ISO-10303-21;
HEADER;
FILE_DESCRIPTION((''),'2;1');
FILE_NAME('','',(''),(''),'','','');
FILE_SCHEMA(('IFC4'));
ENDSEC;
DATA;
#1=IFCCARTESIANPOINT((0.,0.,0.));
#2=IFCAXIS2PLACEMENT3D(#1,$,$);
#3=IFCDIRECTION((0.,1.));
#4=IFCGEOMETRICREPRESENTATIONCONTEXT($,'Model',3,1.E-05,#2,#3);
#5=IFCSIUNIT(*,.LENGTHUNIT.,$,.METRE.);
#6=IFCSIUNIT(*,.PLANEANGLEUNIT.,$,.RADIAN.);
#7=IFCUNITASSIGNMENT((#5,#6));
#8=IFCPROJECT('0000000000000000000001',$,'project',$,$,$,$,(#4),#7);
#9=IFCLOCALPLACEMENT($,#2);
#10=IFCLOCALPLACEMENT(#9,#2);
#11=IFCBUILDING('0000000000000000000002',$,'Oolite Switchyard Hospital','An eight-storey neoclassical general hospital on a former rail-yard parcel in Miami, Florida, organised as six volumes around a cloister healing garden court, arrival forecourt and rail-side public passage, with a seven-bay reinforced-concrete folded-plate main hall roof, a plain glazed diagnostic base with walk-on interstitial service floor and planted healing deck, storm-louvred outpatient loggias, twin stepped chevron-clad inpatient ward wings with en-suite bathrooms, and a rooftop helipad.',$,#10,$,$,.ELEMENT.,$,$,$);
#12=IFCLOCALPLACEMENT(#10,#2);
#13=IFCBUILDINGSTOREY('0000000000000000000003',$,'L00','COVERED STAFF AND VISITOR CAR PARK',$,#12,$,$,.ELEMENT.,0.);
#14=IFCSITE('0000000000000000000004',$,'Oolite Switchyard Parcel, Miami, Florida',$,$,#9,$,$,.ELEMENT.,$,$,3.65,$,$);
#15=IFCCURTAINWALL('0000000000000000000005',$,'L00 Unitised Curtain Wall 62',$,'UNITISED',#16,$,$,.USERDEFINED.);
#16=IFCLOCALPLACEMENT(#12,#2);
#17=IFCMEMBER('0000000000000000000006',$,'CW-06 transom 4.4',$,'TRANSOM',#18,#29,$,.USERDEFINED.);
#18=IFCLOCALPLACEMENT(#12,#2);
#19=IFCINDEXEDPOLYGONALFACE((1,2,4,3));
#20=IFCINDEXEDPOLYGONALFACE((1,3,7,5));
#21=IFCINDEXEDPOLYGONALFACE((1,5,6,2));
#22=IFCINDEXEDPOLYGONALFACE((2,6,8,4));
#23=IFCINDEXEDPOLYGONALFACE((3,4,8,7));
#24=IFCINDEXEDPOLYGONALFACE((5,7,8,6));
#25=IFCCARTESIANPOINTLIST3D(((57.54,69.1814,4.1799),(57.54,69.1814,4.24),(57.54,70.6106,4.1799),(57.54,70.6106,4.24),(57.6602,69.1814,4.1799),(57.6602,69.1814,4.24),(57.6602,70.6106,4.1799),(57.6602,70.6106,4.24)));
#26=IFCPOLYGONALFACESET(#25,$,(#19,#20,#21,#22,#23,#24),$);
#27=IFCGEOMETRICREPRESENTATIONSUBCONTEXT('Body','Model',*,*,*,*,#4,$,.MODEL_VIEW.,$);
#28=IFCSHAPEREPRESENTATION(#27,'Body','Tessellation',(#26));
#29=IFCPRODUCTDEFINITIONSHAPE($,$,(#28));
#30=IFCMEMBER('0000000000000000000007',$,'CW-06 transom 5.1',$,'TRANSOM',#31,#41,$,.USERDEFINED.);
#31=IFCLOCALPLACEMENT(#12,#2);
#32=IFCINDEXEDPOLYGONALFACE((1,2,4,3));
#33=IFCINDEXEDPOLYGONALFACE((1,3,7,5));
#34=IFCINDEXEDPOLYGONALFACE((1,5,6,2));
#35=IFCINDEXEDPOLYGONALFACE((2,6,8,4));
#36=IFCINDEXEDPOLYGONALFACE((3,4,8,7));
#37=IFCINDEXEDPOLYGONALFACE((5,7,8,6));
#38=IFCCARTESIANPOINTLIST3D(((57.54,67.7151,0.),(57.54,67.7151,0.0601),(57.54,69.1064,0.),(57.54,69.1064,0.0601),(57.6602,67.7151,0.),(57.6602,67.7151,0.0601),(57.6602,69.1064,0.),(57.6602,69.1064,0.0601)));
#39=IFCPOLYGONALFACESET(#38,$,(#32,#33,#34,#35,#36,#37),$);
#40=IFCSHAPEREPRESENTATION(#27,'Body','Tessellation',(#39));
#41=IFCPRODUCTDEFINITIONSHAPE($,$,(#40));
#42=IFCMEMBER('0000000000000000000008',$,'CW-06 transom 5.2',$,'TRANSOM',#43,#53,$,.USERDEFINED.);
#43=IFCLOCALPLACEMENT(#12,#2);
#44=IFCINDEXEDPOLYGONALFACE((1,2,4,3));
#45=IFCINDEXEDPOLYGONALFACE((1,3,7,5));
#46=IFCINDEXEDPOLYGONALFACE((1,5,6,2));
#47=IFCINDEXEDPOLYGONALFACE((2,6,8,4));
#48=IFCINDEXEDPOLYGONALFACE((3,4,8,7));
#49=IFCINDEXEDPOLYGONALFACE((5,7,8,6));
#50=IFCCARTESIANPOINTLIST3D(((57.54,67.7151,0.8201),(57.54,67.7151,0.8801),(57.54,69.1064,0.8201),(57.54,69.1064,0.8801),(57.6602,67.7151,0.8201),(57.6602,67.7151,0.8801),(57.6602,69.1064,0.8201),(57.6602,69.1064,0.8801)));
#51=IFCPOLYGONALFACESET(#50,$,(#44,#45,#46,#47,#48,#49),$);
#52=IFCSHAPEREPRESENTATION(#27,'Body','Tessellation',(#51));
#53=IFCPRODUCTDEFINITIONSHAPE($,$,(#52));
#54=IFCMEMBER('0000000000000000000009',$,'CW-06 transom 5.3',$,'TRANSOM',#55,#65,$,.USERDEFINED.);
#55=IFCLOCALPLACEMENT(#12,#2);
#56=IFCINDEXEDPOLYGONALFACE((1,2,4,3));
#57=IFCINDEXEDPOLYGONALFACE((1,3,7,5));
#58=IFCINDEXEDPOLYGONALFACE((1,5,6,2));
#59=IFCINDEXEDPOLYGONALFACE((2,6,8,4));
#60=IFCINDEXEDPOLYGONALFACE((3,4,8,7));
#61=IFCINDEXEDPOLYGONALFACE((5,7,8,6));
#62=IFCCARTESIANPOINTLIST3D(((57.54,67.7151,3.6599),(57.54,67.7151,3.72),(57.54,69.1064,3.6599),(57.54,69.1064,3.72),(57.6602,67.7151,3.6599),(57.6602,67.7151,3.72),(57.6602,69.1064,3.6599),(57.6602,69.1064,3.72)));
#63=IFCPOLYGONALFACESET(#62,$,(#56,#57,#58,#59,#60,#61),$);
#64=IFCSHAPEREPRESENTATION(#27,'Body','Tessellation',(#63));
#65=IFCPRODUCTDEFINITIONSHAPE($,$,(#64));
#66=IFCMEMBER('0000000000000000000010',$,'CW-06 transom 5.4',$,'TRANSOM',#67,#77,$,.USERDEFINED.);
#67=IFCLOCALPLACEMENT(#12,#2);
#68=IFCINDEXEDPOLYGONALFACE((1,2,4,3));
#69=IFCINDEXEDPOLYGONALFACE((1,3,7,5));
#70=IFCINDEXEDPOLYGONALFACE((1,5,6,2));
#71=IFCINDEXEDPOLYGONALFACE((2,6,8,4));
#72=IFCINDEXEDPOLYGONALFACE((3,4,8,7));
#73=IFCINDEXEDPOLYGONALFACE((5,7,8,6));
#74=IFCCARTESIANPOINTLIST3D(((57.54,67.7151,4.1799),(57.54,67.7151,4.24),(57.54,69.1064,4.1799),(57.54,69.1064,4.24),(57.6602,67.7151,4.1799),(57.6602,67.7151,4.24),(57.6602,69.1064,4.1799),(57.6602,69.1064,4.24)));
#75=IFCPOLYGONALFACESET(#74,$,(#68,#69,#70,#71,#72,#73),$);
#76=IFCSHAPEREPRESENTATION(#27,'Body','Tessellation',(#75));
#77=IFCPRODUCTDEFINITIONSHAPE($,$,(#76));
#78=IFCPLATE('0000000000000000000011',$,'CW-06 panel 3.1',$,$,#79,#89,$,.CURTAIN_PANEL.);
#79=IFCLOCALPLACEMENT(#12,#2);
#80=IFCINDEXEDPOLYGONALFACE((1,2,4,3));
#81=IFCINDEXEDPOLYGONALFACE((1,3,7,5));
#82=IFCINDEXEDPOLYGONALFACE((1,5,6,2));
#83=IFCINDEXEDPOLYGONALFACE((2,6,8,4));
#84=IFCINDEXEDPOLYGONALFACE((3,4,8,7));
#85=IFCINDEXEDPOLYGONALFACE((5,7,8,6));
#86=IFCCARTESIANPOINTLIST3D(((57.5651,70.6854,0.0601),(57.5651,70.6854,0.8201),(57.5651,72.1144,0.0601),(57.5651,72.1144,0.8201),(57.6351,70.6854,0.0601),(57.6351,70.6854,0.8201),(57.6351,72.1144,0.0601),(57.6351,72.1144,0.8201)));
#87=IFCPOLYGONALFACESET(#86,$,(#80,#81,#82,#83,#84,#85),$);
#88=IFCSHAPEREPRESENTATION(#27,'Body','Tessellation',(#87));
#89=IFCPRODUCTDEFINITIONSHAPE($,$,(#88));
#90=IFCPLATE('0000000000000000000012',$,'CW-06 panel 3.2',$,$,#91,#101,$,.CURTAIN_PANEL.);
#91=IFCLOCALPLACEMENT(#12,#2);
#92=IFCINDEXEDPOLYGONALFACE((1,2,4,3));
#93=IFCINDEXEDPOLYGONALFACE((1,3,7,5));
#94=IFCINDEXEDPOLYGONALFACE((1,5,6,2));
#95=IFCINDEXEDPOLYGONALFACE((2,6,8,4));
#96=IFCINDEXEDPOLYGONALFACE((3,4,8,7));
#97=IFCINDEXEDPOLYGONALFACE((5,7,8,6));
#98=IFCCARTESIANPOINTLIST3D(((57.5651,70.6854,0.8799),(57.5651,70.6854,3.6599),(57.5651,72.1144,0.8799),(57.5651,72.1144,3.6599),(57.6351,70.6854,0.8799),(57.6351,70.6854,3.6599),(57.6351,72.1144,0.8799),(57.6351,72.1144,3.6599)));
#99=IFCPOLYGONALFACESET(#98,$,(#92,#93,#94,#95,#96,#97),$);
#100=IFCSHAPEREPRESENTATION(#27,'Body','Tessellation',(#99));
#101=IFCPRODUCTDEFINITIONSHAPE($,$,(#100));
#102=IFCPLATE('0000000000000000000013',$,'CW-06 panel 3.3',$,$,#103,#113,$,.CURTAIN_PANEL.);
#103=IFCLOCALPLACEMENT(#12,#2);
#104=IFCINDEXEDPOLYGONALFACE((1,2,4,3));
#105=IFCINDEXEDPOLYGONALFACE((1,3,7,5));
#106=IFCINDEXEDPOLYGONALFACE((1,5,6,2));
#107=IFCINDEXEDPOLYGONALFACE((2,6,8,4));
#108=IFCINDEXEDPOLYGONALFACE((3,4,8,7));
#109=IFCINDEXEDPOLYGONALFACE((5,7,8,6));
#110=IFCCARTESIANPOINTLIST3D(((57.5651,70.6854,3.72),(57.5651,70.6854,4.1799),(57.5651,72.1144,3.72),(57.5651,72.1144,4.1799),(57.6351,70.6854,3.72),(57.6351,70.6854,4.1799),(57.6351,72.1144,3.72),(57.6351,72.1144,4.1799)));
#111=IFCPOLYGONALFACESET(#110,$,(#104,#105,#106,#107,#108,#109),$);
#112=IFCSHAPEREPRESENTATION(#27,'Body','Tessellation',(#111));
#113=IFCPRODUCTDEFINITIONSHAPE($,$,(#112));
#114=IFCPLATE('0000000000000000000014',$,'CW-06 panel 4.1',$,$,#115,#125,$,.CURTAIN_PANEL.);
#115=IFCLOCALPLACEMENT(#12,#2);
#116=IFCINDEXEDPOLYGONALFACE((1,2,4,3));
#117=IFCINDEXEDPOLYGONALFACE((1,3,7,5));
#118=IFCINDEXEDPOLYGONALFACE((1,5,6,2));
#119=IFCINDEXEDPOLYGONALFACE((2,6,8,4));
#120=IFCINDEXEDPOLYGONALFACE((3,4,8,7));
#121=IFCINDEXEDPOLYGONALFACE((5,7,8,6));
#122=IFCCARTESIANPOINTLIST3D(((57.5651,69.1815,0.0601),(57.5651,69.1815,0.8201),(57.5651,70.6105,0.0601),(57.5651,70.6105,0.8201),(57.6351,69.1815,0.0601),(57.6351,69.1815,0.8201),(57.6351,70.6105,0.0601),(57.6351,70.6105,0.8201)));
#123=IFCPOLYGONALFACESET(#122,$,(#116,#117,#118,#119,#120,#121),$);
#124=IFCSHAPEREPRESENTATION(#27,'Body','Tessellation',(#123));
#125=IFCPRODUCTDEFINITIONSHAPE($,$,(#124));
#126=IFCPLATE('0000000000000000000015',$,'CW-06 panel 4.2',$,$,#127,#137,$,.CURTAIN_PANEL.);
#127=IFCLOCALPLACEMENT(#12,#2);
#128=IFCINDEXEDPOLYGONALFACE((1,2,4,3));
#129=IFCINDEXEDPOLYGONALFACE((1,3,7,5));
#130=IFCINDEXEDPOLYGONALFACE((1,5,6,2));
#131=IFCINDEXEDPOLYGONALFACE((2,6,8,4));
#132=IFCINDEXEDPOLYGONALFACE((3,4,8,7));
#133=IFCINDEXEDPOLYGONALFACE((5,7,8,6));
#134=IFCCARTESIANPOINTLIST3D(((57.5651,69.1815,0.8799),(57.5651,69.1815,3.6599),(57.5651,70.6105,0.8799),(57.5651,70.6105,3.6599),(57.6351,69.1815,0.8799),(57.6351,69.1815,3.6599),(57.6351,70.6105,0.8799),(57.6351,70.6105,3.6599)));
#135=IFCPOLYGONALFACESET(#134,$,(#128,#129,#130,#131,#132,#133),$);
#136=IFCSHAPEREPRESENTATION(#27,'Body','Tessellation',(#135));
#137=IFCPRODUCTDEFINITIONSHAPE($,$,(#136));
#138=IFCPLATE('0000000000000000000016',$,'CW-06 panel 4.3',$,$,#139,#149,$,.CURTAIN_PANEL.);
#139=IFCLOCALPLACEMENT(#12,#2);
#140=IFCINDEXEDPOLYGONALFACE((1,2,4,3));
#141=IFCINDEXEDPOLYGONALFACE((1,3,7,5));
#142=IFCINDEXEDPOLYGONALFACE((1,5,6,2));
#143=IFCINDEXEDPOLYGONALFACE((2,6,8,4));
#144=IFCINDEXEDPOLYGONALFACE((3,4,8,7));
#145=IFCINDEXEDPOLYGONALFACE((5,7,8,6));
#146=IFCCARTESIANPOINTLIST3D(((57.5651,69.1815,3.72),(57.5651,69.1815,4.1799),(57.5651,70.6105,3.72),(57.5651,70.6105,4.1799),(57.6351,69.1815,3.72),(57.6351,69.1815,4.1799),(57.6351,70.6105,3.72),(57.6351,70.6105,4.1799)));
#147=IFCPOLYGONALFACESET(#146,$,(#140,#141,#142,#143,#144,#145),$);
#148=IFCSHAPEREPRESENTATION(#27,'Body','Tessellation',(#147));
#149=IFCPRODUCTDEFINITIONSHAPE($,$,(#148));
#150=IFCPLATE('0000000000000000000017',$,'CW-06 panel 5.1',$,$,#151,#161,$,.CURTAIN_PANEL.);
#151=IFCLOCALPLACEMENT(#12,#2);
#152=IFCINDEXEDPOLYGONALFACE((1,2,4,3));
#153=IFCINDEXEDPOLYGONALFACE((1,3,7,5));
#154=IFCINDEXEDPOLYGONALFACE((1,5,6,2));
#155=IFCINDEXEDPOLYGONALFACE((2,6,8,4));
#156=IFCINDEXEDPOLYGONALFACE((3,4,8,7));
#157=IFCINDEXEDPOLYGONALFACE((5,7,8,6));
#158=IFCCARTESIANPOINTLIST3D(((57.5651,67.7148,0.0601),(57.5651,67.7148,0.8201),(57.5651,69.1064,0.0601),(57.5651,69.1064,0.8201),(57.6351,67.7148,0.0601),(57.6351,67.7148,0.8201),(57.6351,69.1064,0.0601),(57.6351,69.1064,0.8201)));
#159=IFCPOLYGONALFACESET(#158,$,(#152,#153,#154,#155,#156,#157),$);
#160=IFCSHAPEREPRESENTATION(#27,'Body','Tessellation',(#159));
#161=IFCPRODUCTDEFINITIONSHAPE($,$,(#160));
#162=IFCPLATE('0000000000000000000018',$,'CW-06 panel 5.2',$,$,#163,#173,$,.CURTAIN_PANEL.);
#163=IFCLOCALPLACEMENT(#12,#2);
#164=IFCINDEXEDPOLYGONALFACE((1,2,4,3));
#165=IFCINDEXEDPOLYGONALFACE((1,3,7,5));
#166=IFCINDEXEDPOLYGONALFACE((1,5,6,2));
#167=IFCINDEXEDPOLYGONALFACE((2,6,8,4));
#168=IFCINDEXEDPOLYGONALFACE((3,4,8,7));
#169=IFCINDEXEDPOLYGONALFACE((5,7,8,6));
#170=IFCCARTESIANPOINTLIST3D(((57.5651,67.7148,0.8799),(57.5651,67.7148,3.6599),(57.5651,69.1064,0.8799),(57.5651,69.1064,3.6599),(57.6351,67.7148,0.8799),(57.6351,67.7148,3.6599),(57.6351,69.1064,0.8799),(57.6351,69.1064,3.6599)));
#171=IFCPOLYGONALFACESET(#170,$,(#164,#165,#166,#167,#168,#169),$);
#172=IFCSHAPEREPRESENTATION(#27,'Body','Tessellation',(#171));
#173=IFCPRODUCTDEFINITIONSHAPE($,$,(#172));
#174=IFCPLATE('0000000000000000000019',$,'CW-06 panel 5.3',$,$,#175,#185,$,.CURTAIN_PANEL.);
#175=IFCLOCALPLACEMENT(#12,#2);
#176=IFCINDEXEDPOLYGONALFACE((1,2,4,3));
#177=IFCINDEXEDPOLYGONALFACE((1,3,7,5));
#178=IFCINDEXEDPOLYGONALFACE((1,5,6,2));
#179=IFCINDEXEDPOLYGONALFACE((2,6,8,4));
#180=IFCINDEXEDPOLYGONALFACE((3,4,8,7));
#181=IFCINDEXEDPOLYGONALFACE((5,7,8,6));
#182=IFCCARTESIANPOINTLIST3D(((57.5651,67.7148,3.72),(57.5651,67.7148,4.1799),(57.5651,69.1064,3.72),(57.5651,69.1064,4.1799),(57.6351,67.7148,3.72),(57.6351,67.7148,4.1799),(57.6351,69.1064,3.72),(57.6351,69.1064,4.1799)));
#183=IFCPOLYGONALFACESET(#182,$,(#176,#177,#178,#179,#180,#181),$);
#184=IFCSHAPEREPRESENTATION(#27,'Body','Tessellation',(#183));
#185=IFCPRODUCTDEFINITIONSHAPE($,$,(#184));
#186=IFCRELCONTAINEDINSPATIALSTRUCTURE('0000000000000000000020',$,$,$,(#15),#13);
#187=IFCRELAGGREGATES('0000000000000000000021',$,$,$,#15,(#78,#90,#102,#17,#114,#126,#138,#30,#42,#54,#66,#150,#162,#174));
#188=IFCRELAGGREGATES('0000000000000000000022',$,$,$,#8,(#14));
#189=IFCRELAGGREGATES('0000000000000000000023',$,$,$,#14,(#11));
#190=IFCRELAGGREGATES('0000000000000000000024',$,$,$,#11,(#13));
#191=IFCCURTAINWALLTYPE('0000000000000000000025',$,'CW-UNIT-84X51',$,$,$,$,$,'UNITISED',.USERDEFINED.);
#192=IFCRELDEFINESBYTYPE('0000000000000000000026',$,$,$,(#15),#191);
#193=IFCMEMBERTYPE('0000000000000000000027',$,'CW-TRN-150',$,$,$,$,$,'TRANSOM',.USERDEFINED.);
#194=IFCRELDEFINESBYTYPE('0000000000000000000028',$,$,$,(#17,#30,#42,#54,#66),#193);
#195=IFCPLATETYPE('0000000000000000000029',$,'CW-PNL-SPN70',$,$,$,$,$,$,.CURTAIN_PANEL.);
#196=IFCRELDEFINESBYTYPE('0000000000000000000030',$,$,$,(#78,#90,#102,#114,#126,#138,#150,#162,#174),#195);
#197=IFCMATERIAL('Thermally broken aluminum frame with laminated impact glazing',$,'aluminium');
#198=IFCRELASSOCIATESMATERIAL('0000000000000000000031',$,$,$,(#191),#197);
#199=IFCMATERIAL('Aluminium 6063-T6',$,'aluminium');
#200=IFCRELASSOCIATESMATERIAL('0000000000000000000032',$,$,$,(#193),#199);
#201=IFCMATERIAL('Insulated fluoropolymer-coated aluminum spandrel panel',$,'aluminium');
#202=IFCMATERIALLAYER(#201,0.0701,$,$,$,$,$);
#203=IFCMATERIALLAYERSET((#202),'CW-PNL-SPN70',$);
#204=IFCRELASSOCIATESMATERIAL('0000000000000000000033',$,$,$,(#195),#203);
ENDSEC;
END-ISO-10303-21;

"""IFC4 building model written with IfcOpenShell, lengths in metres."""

from ifc_helpers import new_model, si_unit, direction, frame, origin, origin_2d, place, context, subcontext, project, spatial, rectangle, extrude, material, layer, layer_set, material_profile, profile_set, type_object, element, aggregate, save


model = new_model("IFC4")

# Units and contexts
model_context = context("Model", 3, precision=1e-05, world=origin(), true_north=direction((0.0, 1.0)))
body_context = subcontext(model_context, "Body", "Model", "MODEL_VIEW")
ifc_project = project(units=[si_unit("LENGTHUNIT", "METRE"), si_unit("PLANEANGLEUNIT", "RADIAN")], contexts=[model_context])

# Site, building, storey
site_placement = place(None, origin())
site = spatial("IfcSite", under=ifc_project, at=site_placement, Name="Oolite Switchyard Parcel, Miami, Florida", CompositionType="ELEMENT", RefElevation=3.65)
building_placement = place(site_placement, origin())
building = spatial("IfcBuilding", under=site, at=building_placement, Name="Oolite Switchyard Hospital", Description="An eight-storey neoclassical general hospital on a former rail-yard parcel in Miami, Florida, organised as six volumes around a cloister healing garden court, arrival forecourt and rail-side public passage, with a seven-bay reinforced-concrete folded-plate main hall roof, a plain glazed diagnostic base with walk-on interstitial service floor and planted healing deck, storm-louvred outpatient loggias, twin stepped chevron-clad inpatient ward wings with en-suite bathrooms, and a rooftop helipad.", CompositionType="ELEMENT")
storey_placement = place(building_placement, origin())
storey = spatial("IfcBuildingStorey", under=building, at=storey_placement, Name="L00", Description="COVERED STAFF AND VISITOR CAR PARK", CompositionType="ELEMENT", Elevation=0.0)

# Curtain wall, members, plates
ifc_material_1 = material(Name="Thermally broken aluminum frame with laminated impact glazing", Category="aluminium")
curtain_wall_type = type_object("IfcCurtainWallType", Name="CW-UNIT-84X51", ElementType="UNITISED", PredefinedType="USERDEFINED", material=ifc_material_1)
curtain_wall_placement = place(storey_placement, origin())
curtain_wall = element("IfcCurtainWall", 1, at=curtain_wall_placement, inside=storey, type_object=curtain_wall_type, Name="L00 Unitised Curtain Wall 62", ObjectType="UNITISED", PredefinedType="USERDEFINED")
ifc_material_2 = material(Name="Aluminium 6063-T6", Category="aluminium")
ifc_material_profile_1 = material_profile(ifc_material_2, rectangle(XDim=0.1201, YDim=0.0601, at=origin_2d()), Name="CWT60X120")
ifc_profile_set_1 = profile_set([ifc_material_profile_1], Name="Aluminium 6063-T6")
member_type_1 = type_object("IfcMemberType", Name="CW-TRN-150", ElementType="TRANSOM", PredefinedType="USERDEFINED", material=ifc_profile_set_1)
member_1_placement = place(storey_placement, frame((57.6001, 70.6106, 4.21), z_axis=(0.0, -1.0, 0.0), x_axis=(1.0, 0.0, 0.0)))
member_1 = element("IfcMember", 2, at=member_1_placement, type_object=member_type_1, Name="CW-06 transom 4.4", ObjectType="TRANSOM", PredefinedType="USERDEFINED", context=body_context, shape_type="SweptSolid", body=[
    extrude(rectangle(XDim=0.1201, YDim=0.0601, at=origin_2d()), origin(), (0.0, 0.0, 1.0), 1.4292),
])
member_2_placement = place(storey_placement, frame((57.6001, 69.1064, 0.03), z_axis=(0.0, -1.0, 0.0), x_axis=(1.0, 0.0, 0.0)))
member_2 = element("IfcMember", 3, at=member_2_placement, type_object=member_type_1, Name="CW-06 transom 5.1", ObjectType="TRANSOM", PredefinedType="USERDEFINED", context=body_context, shape_type="SweptSolid", body=[
    extrude(rectangle(XDim=0.1201, YDim=0.0601, at=origin_2d()), origin(), (0.0, 0.0, 1.0), 1.3914),
])
member_3_placement = place(storey_placement, frame((57.6001, 69.1064, 0.8501), z_axis=(0.0, -1.0, 0.0), x_axis=(1.0, 0.0, 0.0)))
member_3 = element("IfcMember", 4, at=member_3_placement, type_object=member_type_1, Name="CW-06 transom 5.2", ObjectType="TRANSOM", PredefinedType="USERDEFINED", context=body_context, shape_type="SweptSolid", body=[
    extrude(rectangle(XDim=0.1201, YDim=0.0601, at=origin_2d()), origin(), (0.0, 0.0, 1.0), 1.3914),
])
member_4_placement = place(storey_placement, frame((57.6001, 69.1064, 3.6899), z_axis=(0.0, -1.0, 0.0), x_axis=(1.0, 0.0, 0.0)))
member_4 = element("IfcMember", 5, at=member_4_placement, type_object=member_type_1, Name="CW-06 transom 5.3", ObjectType="TRANSOM", PredefinedType="USERDEFINED", context=body_context, shape_type="SweptSolid", body=[
    extrude(rectangle(XDim=0.1201, YDim=0.0601, at=origin_2d()), origin(), (0.0, 0.0, 1.0), 1.3914),
])
member_5_placement = place(storey_placement, frame((57.6001, 69.1064, 4.21), z_axis=(0.0, -1.0, 0.0), x_axis=(1.0, 0.0, 0.0)))
member_5 = element("IfcMember", 6, at=member_5_placement, type_object=member_type_1, Name="CW-06 transom 5.4", ObjectType="TRANSOM", PredefinedType="USERDEFINED", context=body_context, shape_type="SweptSolid", body=[
    extrude(rectangle(XDim=0.1201, YDim=0.0601, at=origin_2d()), origin(), (0.0, 0.0, 1.0), 1.3914),
])
ifc_material_3 = material(Name="Insulated fluoropolymer-coated aluminum spandrel panel", Category="aluminium")
ifc_layer = layer(ifc_material_3, 0.0701)
ifc_layer_set = layer_set([ifc_layer], Name="CW-PNL-SPN70")
plate_type = type_object("IfcPlateType", Name="CW-PNL-SPN70", PredefinedType="CURTAIN_PANEL", material=ifc_layer_set)
plate_1_placement = place(storey_placement, frame((57.6001, 71.3999, 0.0601), z_axis=(0.0, 0.0, 1.0), x_axis=(0.0, -1.0, 0.0)))
plate_1 = element("IfcPlate", 7, at=plate_1_placement, type_object=plate_type, Name="CW-06 panel 3.1", PredefinedType="CURTAIN_PANEL", context=body_context, shape_type="SweptSolid", body=[
    extrude(rectangle(XDim=1.429, YDim=0.0701, at=origin_2d()), origin(), (0.0, 0.0, 1.0), 0.76),
])
plate_2_placement = place(storey_placement, frame((57.6001, 71.3999, 0.8799), z_axis=(0.0, 0.0, 1.0), x_axis=(0.0, -1.0, 0.0)))
plate_2 = element("IfcPlate", 8, at=plate_2_placement, type_object=plate_type, Name="CW-06 panel 3.2", PredefinedType="CURTAIN_PANEL", context=body_context, shape_type="SweptSolid", body=[
    extrude(rectangle(XDim=1.429, YDim=0.0701, at=origin_2d()), origin(), (0.0, 0.0, 1.0), 2.78),
])
plate_3_placement = place(storey_placement, frame((57.6001, 71.3999, 3.72), z_axis=(0.0, 0.0, 1.0), x_axis=(0.0, -1.0, 0.0)))
plate_3 = element("IfcPlate", 9, at=plate_3_placement, type_object=plate_type, Name="CW-06 panel 3.3", PredefinedType="CURTAIN_PANEL", context=body_context, shape_type="SweptSolid", body=[
    extrude(rectangle(XDim=1.429, YDim=0.0701, at=origin_2d()), origin(), (0.0, 0.0, 1.0), 0.46),
])
plate_4_placement = place(storey_placement, frame((57.6001, 69.896, 0.0601), z_axis=(0.0, 0.0, 1.0), x_axis=(0.0, -1.0, 0.0)))
plate_4 = element("IfcPlate", 10, at=plate_4_placement, type_object=plate_type, Name="CW-06 panel 4.1", PredefinedType="CURTAIN_PANEL", context=body_context, shape_type="SweptSolid", body=[
    extrude(rectangle(XDim=1.429, YDim=0.0701, at=origin_2d()), origin(), (0.0, 0.0, 1.0), 0.76),
])
plate_5_placement = place(storey_placement, frame((57.6001, 69.896, 0.8799), z_axis=(0.0, 0.0, 1.0), x_axis=(0.0, -1.0, 0.0)))
plate_5 = element("IfcPlate", 11, at=plate_5_placement, type_object=plate_type, Name="CW-06 panel 4.2", PredefinedType="CURTAIN_PANEL", context=body_context, shape_type="SweptSolid", body=[
    extrude(rectangle(XDim=1.429, YDim=0.0701, at=origin_2d()), origin(), (0.0, 0.0, 1.0), 2.78),
])
plate_6_placement = place(storey_placement, frame((57.6001, 69.896, 3.72), z_axis=(0.0, 0.0, 1.0), x_axis=(0.0, -1.0, 0.0)))
plate_6 = element("IfcPlate", 12, at=plate_6_placement, type_object=plate_type, Name="CW-06 panel 4.3", PredefinedType="CURTAIN_PANEL", context=body_context, shape_type="SweptSolid", body=[
    extrude(rectangle(XDim=1.429, YDim=0.0701, at=origin_2d()), origin(), (0.0, 0.0, 1.0), 0.46),
])
plate_7_placement = place(storey_placement, frame((57.6001, 68.4106, 0.0601), z_axis=(0.0, 0.0, 1.0), x_axis=(0.0, -1.0, 0.0)))
plate_7 = element("IfcPlate", 13, at=plate_7_placement, type_object=plate_type, Name="CW-06 panel 5.1", PredefinedType="CURTAIN_PANEL", context=body_context, shape_type="SweptSolid", body=[
    extrude(rectangle(XDim=1.3916, YDim=0.0701, at=origin_2d()), origin(), (0.0, 0.0, 1.0), 0.76),
])
plate_8_placement = place(storey_placement, frame((57.6001, 68.4106, 0.8799), z_axis=(0.0, 0.0, 1.0), x_axis=(0.0, -1.0, 0.0)))
plate_8 = element("IfcPlate", 14, at=plate_8_placement, type_object=plate_type, Name="CW-06 panel 5.2", PredefinedType="CURTAIN_PANEL", context=body_context, shape_type="SweptSolid", body=[
    extrude(rectangle(XDim=1.3916, YDim=0.0701, at=origin_2d()), origin(), (0.0, 0.0, 1.0), 2.78),
])
plate_9_placement = place(storey_placement, frame((57.6001, 68.4106, 3.72), z_axis=(0.0, 0.0, 1.0), x_axis=(0.0, -1.0, 0.0)))
plate_9 = element("IfcPlate", 15, at=plate_9_placement, type_object=plate_type, Name="CW-06 panel 5.3", PredefinedType="CURTAIN_PANEL", context=body_context, shape_type="SweptSolid", body=[
    extrude(rectangle(XDim=1.3916, YDim=0.0701, at=origin_2d()), origin(), (0.0, 0.0, 1.0), 0.46),
])
aggregate(curtain_wall, [plate_1, plate_2, plate_3, member_1, plate_4, plate_5, plate_6, member_2, member_3, member_4, member_5, plate_7, plate_8, plate_9])

save(model, "model.ifc")
